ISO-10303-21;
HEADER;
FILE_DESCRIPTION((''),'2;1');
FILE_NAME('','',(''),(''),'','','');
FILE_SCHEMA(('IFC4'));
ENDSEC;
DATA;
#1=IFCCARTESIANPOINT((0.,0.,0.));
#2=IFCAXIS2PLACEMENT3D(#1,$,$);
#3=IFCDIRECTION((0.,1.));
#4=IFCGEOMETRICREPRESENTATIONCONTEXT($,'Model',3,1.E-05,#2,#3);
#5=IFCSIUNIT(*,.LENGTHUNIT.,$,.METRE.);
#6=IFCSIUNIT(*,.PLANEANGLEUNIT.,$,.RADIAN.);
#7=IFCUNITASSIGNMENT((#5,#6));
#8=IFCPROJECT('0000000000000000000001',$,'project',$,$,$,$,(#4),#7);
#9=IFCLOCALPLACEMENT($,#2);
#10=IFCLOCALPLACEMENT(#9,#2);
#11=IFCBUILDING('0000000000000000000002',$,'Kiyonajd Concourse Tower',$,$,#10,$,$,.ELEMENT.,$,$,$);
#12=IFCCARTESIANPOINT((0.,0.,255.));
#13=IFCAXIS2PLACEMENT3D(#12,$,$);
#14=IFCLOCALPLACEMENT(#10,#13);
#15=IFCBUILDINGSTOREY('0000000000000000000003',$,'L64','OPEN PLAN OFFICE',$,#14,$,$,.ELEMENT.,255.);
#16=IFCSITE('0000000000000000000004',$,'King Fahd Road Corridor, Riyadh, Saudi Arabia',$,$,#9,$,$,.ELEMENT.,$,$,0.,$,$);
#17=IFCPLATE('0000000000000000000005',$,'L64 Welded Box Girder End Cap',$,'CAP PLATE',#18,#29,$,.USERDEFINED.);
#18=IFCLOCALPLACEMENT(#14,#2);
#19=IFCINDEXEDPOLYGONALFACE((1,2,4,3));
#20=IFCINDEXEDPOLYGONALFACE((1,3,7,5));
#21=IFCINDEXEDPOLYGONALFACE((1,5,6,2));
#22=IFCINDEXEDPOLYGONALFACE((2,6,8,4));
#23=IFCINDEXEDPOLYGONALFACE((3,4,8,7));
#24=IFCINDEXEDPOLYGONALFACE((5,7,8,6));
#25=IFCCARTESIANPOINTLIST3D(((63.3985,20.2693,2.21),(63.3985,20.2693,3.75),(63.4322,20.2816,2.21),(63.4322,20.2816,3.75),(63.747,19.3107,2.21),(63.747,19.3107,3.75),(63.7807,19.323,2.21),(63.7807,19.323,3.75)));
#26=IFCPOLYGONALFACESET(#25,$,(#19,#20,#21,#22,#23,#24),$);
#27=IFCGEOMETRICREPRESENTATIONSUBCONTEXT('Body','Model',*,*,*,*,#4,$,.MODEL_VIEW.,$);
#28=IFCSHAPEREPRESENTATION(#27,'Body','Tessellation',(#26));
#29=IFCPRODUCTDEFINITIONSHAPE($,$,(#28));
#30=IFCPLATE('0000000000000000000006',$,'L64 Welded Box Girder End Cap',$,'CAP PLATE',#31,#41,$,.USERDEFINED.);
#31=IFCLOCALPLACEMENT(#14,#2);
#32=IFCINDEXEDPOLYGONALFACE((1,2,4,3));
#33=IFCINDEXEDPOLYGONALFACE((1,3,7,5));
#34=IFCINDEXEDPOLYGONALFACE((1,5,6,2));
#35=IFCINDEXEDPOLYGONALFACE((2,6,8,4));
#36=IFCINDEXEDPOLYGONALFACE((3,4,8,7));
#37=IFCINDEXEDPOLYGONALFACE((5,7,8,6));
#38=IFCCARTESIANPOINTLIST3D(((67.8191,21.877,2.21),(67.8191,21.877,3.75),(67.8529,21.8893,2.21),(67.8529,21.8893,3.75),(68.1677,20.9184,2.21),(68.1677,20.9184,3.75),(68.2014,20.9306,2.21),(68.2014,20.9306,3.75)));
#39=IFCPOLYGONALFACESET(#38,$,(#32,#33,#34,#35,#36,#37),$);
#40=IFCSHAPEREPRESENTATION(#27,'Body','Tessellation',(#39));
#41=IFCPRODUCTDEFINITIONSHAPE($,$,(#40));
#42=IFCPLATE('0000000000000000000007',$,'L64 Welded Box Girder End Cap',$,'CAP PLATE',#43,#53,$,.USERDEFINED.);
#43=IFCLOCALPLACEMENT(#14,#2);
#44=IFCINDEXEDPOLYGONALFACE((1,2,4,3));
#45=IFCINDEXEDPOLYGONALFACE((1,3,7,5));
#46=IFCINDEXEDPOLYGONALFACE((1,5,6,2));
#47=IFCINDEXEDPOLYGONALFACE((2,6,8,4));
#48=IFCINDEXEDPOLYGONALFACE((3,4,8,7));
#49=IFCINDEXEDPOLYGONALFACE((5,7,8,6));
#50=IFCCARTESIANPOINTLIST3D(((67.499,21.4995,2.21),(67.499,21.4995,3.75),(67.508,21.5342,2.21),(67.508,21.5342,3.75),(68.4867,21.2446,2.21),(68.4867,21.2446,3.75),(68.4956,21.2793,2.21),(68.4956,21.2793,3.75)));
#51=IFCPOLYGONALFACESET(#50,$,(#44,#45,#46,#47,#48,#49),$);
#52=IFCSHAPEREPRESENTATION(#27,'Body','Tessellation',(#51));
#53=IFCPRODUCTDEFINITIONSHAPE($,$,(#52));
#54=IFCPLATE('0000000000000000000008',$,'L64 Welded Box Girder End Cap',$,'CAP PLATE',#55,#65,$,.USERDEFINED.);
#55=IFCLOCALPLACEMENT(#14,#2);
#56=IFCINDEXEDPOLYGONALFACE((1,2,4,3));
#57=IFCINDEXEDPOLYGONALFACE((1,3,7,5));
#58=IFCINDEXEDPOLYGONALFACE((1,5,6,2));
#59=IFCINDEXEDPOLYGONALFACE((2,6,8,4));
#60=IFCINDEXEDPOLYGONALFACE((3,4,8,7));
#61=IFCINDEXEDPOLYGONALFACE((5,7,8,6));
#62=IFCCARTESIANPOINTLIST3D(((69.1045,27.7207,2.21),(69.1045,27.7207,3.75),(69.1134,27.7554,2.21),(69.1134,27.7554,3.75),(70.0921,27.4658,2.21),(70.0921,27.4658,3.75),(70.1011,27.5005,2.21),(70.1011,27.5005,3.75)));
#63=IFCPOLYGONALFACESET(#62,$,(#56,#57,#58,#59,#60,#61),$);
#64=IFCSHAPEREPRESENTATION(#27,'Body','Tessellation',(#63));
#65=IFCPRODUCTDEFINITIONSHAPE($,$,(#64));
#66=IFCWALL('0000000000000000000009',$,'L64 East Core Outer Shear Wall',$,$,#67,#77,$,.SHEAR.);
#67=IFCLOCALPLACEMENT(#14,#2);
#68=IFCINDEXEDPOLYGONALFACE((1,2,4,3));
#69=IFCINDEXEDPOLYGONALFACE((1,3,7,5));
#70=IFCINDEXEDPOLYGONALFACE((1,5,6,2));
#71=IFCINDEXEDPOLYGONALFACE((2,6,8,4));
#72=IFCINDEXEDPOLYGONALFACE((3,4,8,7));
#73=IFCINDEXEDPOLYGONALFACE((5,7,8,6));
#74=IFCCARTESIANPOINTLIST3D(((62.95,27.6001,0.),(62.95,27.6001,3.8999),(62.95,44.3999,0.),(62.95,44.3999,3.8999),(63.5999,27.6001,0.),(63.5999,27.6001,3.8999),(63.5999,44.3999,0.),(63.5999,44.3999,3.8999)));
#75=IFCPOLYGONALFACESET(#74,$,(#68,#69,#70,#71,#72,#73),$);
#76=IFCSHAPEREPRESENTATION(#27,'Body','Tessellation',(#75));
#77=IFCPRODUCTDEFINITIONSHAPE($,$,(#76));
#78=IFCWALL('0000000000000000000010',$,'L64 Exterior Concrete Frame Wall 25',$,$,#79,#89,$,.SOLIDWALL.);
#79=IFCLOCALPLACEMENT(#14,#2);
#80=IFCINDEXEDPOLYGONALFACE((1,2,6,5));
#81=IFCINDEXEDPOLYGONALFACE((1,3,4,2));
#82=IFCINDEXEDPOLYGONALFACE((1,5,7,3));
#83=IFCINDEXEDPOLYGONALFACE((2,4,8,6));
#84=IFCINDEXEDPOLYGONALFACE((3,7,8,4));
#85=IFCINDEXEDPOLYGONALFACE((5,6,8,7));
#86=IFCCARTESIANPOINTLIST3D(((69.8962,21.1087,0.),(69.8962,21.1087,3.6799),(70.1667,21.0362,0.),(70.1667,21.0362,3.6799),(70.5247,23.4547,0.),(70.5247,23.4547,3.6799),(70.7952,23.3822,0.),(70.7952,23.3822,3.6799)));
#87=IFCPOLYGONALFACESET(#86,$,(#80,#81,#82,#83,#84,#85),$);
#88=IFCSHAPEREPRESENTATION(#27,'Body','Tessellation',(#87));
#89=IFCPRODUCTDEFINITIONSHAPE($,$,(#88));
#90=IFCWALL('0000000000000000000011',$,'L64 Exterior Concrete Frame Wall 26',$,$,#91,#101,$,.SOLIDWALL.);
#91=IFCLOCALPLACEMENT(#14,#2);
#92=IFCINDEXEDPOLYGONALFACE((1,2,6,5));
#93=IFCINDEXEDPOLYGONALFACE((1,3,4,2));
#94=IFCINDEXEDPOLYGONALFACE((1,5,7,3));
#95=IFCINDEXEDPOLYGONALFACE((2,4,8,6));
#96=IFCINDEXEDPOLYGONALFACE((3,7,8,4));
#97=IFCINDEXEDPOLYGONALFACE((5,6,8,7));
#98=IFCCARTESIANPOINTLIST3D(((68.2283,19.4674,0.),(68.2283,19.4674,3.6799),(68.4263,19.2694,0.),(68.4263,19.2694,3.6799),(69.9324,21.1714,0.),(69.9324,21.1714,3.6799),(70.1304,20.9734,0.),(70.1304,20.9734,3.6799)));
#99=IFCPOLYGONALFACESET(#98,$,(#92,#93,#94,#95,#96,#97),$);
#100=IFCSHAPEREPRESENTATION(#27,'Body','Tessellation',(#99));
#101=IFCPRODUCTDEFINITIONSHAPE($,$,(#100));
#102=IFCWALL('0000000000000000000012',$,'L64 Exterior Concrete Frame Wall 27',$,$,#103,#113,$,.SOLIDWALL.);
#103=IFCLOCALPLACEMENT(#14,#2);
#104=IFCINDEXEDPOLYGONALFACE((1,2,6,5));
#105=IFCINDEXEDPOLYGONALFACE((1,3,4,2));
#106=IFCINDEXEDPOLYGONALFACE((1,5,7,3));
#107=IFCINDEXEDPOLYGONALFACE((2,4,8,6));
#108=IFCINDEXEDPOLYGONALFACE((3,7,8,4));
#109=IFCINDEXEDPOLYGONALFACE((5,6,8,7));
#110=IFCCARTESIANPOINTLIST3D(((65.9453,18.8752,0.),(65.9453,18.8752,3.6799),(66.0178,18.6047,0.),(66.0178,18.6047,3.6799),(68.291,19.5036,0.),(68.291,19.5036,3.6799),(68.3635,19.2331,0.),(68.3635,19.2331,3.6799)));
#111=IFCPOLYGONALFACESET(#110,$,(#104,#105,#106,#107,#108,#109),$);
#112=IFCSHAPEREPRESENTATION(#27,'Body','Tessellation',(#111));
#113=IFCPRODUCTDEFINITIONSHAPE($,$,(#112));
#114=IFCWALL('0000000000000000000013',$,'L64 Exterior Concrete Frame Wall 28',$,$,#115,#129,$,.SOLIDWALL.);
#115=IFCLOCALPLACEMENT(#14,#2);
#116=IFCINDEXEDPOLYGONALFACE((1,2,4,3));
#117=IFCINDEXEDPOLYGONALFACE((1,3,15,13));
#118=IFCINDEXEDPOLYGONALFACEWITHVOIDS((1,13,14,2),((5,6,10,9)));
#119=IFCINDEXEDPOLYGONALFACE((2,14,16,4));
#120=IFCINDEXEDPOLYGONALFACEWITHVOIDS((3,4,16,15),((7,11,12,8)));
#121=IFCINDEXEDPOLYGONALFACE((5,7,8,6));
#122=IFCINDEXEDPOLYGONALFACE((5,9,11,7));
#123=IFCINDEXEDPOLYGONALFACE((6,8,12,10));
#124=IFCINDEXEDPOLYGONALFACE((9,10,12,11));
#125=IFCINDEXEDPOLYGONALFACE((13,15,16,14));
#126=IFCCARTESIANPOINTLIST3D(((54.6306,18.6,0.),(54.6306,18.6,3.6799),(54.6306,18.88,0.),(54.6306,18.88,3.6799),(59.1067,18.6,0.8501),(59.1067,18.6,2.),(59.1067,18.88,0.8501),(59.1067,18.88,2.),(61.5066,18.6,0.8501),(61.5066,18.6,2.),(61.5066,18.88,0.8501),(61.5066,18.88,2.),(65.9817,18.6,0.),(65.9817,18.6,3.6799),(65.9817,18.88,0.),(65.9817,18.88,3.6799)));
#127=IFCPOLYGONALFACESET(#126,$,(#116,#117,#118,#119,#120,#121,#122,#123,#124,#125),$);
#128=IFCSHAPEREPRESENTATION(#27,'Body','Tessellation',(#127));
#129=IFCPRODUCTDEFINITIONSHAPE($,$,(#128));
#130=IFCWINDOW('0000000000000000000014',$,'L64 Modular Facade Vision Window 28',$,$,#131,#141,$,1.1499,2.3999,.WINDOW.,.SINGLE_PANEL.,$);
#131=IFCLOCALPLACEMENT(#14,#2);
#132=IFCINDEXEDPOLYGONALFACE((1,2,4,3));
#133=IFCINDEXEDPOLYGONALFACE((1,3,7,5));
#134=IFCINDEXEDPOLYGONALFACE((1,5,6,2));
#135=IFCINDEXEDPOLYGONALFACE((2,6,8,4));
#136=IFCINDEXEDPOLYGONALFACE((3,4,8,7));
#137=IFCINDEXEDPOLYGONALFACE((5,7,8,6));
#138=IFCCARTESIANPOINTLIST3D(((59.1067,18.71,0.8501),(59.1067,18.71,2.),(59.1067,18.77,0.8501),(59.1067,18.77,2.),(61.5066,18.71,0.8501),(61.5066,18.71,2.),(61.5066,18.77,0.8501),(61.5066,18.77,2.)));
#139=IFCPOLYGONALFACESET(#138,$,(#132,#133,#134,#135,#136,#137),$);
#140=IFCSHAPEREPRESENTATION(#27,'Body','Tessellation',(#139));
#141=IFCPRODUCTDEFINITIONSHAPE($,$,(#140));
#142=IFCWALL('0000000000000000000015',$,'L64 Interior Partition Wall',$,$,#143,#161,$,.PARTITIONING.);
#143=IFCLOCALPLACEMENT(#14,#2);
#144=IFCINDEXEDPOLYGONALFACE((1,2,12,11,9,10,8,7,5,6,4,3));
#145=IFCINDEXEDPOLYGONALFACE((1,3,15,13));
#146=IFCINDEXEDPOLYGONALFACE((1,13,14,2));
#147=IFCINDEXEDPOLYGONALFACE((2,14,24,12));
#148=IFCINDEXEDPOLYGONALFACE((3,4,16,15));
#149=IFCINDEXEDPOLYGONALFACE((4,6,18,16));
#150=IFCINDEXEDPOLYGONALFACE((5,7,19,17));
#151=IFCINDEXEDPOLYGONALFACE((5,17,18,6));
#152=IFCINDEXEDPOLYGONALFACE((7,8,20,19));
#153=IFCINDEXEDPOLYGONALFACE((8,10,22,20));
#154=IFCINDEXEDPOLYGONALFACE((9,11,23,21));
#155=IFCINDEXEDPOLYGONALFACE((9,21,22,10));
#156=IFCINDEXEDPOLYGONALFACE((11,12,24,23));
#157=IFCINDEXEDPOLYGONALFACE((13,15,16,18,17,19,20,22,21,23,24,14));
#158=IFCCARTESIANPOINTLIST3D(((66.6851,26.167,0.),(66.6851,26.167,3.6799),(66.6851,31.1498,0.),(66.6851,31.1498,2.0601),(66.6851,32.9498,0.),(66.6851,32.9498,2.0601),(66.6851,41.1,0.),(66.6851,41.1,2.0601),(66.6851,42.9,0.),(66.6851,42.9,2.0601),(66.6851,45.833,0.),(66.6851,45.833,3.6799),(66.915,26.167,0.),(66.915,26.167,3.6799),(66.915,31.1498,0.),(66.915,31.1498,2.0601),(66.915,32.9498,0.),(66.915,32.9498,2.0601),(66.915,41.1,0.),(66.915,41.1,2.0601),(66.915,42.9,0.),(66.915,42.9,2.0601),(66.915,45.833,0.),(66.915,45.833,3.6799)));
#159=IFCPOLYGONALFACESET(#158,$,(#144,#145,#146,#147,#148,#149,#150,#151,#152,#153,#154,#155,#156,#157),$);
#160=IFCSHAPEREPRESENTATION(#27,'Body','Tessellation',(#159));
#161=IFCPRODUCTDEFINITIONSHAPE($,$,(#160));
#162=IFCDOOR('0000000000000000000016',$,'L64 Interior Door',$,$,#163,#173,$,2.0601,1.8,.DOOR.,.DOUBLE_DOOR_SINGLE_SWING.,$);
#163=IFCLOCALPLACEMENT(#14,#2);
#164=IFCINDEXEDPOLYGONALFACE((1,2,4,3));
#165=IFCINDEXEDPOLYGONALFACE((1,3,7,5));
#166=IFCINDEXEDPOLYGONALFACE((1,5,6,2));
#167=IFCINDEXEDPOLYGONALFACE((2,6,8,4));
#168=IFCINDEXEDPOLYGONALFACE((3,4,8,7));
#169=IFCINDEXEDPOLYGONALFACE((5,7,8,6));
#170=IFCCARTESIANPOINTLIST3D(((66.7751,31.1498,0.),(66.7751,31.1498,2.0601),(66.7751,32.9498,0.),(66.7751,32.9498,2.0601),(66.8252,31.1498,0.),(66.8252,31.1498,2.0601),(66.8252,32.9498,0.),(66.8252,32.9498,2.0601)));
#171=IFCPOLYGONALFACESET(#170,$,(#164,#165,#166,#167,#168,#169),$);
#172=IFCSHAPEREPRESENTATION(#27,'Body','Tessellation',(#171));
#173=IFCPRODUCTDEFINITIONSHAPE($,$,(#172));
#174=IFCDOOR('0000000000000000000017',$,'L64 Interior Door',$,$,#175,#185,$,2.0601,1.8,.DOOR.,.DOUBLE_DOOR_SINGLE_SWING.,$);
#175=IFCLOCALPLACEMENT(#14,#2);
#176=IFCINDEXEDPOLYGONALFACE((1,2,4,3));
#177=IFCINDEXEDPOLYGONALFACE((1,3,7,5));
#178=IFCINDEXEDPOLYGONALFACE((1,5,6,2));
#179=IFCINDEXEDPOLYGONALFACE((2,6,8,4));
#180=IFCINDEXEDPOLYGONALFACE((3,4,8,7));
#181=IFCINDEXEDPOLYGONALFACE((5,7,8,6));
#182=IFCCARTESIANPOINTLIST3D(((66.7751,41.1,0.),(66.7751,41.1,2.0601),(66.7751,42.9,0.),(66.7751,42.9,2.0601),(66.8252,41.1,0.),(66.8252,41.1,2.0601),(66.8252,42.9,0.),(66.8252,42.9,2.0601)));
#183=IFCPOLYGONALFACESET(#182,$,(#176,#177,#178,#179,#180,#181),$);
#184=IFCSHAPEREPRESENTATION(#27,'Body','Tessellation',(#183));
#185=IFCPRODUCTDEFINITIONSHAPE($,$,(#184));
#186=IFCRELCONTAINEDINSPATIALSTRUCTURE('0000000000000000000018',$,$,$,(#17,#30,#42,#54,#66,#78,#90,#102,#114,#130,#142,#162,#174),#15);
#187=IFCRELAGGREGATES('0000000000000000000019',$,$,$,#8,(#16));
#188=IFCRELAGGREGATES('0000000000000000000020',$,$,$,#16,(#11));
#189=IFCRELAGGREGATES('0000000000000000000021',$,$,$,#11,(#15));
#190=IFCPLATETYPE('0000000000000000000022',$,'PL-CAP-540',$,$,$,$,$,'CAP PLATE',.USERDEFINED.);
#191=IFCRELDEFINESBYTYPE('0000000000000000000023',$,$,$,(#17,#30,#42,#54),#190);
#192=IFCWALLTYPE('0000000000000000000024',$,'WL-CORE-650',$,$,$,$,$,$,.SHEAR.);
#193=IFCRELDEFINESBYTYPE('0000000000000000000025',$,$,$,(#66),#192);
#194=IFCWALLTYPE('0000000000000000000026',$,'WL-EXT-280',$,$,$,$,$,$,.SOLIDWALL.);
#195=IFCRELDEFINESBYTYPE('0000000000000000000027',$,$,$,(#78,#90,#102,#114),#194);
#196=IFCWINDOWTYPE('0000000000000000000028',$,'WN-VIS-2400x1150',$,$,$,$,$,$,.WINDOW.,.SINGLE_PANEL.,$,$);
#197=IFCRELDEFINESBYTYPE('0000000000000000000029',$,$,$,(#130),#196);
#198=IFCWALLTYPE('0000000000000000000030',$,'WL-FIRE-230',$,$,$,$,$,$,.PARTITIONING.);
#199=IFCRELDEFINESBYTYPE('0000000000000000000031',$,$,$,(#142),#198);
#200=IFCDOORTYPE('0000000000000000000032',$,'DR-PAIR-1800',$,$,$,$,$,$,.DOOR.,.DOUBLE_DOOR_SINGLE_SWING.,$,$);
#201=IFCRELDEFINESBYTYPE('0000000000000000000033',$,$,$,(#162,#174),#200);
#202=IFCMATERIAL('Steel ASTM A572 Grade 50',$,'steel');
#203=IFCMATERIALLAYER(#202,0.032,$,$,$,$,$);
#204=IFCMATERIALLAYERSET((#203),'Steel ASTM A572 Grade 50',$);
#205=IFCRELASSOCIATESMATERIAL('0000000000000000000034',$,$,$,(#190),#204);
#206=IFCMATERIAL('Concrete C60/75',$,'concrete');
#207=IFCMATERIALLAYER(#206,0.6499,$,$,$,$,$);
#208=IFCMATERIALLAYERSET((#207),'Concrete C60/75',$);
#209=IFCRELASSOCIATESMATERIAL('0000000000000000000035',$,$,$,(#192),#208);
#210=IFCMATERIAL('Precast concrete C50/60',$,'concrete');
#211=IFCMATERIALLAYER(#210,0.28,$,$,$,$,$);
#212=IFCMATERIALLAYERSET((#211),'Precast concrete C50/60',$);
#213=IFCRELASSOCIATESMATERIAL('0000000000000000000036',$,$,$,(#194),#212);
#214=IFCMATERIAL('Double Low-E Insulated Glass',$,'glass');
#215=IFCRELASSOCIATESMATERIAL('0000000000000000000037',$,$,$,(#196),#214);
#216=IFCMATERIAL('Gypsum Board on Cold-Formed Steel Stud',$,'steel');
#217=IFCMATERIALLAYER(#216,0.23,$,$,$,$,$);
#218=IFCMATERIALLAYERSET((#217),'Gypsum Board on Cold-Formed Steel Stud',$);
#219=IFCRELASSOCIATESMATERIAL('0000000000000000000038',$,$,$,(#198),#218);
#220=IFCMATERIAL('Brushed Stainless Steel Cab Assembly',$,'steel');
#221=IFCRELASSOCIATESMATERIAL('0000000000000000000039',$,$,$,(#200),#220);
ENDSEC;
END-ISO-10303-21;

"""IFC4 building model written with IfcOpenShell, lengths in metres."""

from ifc_helpers import new_model, si_unit, direction, frame, frame_2d, origin, origin_2d, place, context, subcontext, project, spatial, rectangle, extrude, material, layer, layer_set, type_object, element, fill, save


model = new_model("IFC4")

# Units and contexts
model_context = context("Model", 3, precision=1e-05, world=origin(), true_north=direction((0.0, 1.0)))
body_context = subcontext(model_context, "Body", "Model", "MODEL_VIEW")
ifc_project = project(units=[si_unit("LENGTHUNIT", "METRE"), si_unit("PLANEANGLEUNIT", "RADIAN")], contexts=[model_context])

# Site, building, storey
site_placement = place(None, origin())
site = spatial("IfcSite", under=ifc_project, at=site_placement, Name="King Fahd Road Corridor, Riyadh, Saudi Arabia", CompositionType="ELEMENT", RefElevation=0.0)
building_placement = place(site_placement, origin())
building = spatial("IfcBuilding", under=site, at=building_placement, Name="Kiyonajd Concourse Tower", CompositionType="ELEMENT")
storey_placement = place(building_placement, frame((0.0, 0.0, 255.0)))
storey = spatial("IfcBuildingStorey", under=building, at=storey_placement, Name="L64", Description="OPEN PLAN OFFICE", CompositionType="ELEMENT", Elevation=255.0)

# Shared definitions
ifc_material_1 = material(Name="Concrete C60/75", Category="concrete")

# Shared definitions
ifc_material_2 = material(Name="Steel ASTM A572 Grade 50", Category="steel")

# Plates
ifc_layer_1 = layer(ifc_material_2, 0.032)
ifc_layer_set_1 = layer_set([ifc_layer_1], Name="Steel ASTM A572 Grade 50")
plate_type = type_object("IfcPlateType", Name="PL-CAP-540", ElementType="CAP PLATE", PredefinedType="USERDEFINED", material=ifc_layer_set_1)
for number, where, z_axis, x_axis, name in (
    (1, (63.5896, 19.7961, 2.21), (0.0, 0.0, 1.0), (-0.939812, -0.341692, 0.0), "L64 Welded Box Girder End Cap"),
    (2, (68.0103, 21.4038, 2.21), (0.0, 0.0, 1.0), (0.939812, 0.341692, 0.0), "L64 Welded Box Girder End Cap"),
    (3, (67.9973, 21.3894, 2.21), (0.0, 0.0, 1.0), (-0.249873, -0.968279, 0.0), "L64 Welded Box Girder End Cap"),
    (4, (69.6028, 27.6106, 2.21), (0.0, 0.0, 1.0), (0.249873, 0.968279, 0.0), "L64 Welded Box Girder End Cap"),
):
    element("IfcPlate", number, at=place(storey_placement, frame(where, z_axis=z_axis, x_axis=x_axis)), inside=storey, type_object=plate_type, Name=name, ObjectType="CAP PLATE", PredefinedType="USERDEFINED", context=body_context, shape_type="SweptSolid", body=[
        extrude(rectangle(XDim=0.0359, YDim=1.02, at=origin_2d()), origin(), (0.0, 0.0, 1.0), 1.54),
    ])

# Walls
ifc_layer_2 = layer(ifc_material_1, 0.6499)
ifc_layer_set_2 = layer_set([ifc_layer_2], Name="Concrete C60/75")
wall_type_1 = type_object("IfcWallType", Name="WL-CORE-650", PredefinedType="SHEAR", material=ifc_layer_set_2)
wall_1_placement = place(storey_placement, frame((63.2749, 27.6001, 0.0), z_axis=(0.0, 0.0, 1.0), x_axis=(0.0, 1.0, 0.0)))
element("IfcWall", 5, at=wall_1_placement, inside=storey, type_object=wall_type_1, Name="L64 East Core Outer Shear Wall", PredefinedType="SHEAR", context=body_context, shape_type="SweptSolid", body=[
    extrude(rectangle(XDim=16.7998, YDim=0.6499, at=frame_2d((8.3999, 0.0))), origin(), (0.0, 0.0, 1.0), 3.8999),
])
ifc_material_3 = material(Name="Precast concrete C50/60", Category="concrete")
ifc_layer_3 = layer(ifc_material_3, 0.28)
ifc_layer_set_3 = layer_set([ifc_layer_3], Name="Precast concrete C50/60")
wall_type_2 = type_object("IfcWallType", Name="WL-EXT-280", PredefinedType="SOLIDWALL", material=ifc_layer_set_3)
wall_2_placement = place(storey_placement, frame((70.6599, 23.4185, 0.0), z_axis=(0.0, 0.0, 1.0), x_axis=(-0.258751, -0.965944, 0.0)))
element("IfcWall", 6, at=wall_2_placement, inside=storey, type_object=wall_type_2, Name="L64 Exterior Concrete Frame Wall 25", PredefinedType="SOLIDWALL", context=body_context, shape_type="SweptSolid", body=[
    extrude(rectangle(XDim=2.4287, YDim=0.28, at=frame_2d((1.2144, 0.0))), origin(), (0.0, 0.0, 1.0), 3.6799),
])
wall_3_placement = place(storey_placement, frame((70.0315, 21.0725, 0.0), z_axis=(0.0, 0.0, 1.0), x_axis=(-0.707107, -0.707107, 0.0)))
element("IfcWall", 7, at=wall_3_placement, inside=storey, type_object=wall_type_2, Name="L64 Exterior Concrete Frame Wall 26", PredefinedType="SOLIDWALL", context=body_context, shape_type="SweptSolid", body=[
    extrude(rectangle(XDim=2.4099, YDim=0.28, at=frame_2d((1.2051, 0.0))), origin(), (0.0, 0.0, 1.0), 3.6799),
])
wall_4_placement = place(storey_placement, frame((68.3274, 19.3684, 0.0), z_axis=(0.0, 0.0, 1.0), x_axis=(-0.965937, -0.258776, 0.0)))
element("IfcWall", 8, at=wall_4_placement, inside=storey, type_object=wall_type_2, Name="L64 Exterior Concrete Frame Wall 27", PredefinedType="SOLIDWALL", context=body_context, shape_type="SweptSolid", body=[
    extrude(rectangle(XDim=2.4285, YDim=0.28, at=frame_2d((1.2144, 0.0))), origin(), (0.0, 0.0, 1.0), 3.6799),
])

# Wall, opening, window
wall_5_placement = place(storey_placement, frame((65.9817, 18.74, 0.0), z_axis=(0.0, 0.0, 1.0), x_axis=(-1.0, 0.0, 0.0)))
wall_5 = element("IfcWall", 9, at=wall_5_placement, inside=storey, type_object=wall_type_2, Name="L64 Exterior Concrete Frame Wall 28", PredefinedType="SOLIDWALL", context=body_context, shape_type="SweptSolid", body=[
    extrude(rectangle(XDim=11.3511, YDim=0.28, at=frame_2d((5.6755, 0.0))), origin(), (0.0, 0.0, 1.0), 3.6799),
])
opening_1_placement = place(wall_5_placement, frame((4.4751, 0.0, 0.8501)))
opening_1 = element("IfcOpeningElement", 10, at=opening_1_placement, cuts=wall_5, PredefinedType="OPENING", context=body_context, shape_type="SweptSolid", body=[
    extrude(rectangle(XDim=2.3999, YDim=1.1499, at=frame_2d((1.2, 0.575))), frame((0.0, 0.1499, 0.0), z_axis=(0.0, -1.0, 0.0), x_axis=(1.0, 0.0, 0.0)), (0.0, 0.0, 1.0), 0.3),
])
ifc_material_4 = material(Name="Double Low-E Insulated Glass", Category="glass")
window_type = type_object("IfcWindowType", Name="WN-VIS-2400x1150", PartitioningType="SINGLE_PANEL", PredefinedType="WINDOW", material=ifc_material_4)
window_placement = place(opening_1_placement, origin())
window = element("IfcWindow", 11, at=window_placement, inside=storey, type_object=window_type, Name="L64 Modular Facade Vision Window 28", OverallHeight=1.1499, OverallWidth=2.3999, PartitioningType="SINGLE_PANEL", PredefinedType="WINDOW", context=body_context, shape_type="SweptSolid", body=[
    extrude(rectangle(XDim=2.3999, YDim=1.1499, at=frame_2d((1.2, 0.575))), frame((0.0, 0.03, 0.0), z_axis=(0.0, -1.0, 0.0), x_axis=(1.0, 0.0, 0.0)), (0.0, 0.0, 1.0), 0.0601),
])
fill(opening_1, window)

# Wall, openings, doors
ifc_material_5 = material(Name="Gypsum Board on Cold-Formed Steel Stud", Category="steel")
ifc_layer_4 = layer(ifc_material_5, 0.23)
ifc_layer_set_4 = layer_set([ifc_layer_4], Name="Gypsum Board on Cold-Formed Steel Stud")
wall_type_3 = type_object("IfcWallType", Name="WL-FIRE-230", PredefinedType="PARTITIONING", material=ifc_layer_set_4)
wall_6_placement = place(storey_placement, frame((66.8, 26.167, 0.0), z_axis=(0.0, 0.0, 1.0), x_axis=(0.0, 1.0, 0.0)))
wall_6 = element("IfcWall", 12, at=wall_6_placement, inside=storey, type_object=wall_type_3, Name="L64 Interior Partition Wall", PredefinedType="PARTITIONING", context=body_context, shape_type="SweptSolid", body=[
    extrude(rectangle(XDim=19.666, YDim=0.23, at=frame_2d((9.833, 0.0))), origin(), (0.0, 0.0, 1.0), 3.6799),
])
opening_2_placement = place(wall_6_placement, frame((4.9829, 0.0, 0.0)))
opening_2 = element("IfcOpeningElement", 13, at=opening_2_placement, cuts=wall_6, PredefinedType="OPENING", context=body_context, shape_type="SweptSolid", body=[
    extrude(rectangle(XDim=1.8, YDim=2.0601, at=frame_2d((0.8999, 1.03))), frame((0.0, 0.125, 0.0), z_axis=(0.0, -1.0, 0.0), x_axis=(1.0, 0.0, 0.0)), (0.0, 0.0, 1.0), 0.25),
])
opening_3_placement = place(wall_6_placement, frame((14.9331, 0.0, 0.0)))
opening_3 = element("IfcOpeningElement", 14, at=opening_3_placement, cuts=wall_6, PredefinedType="OPENING", context=body_context, shape_type="SweptSolid", body=[
    extrude(rectangle(XDim=1.8, YDim=2.0601, at=frame_2d((0.8999, 1.03))), frame((0.0, 0.125, 0.0), z_axis=(0.0, -1.0, 0.0), x_axis=(1.0, 0.0, 0.0)), (0.0, 0.0, 1.0), 0.25),
])
ifc_material_6 = material(Name="Brushed Stainless Steel Cab Assembly", Category="steel")
door_type_1 = type_object("IfcDoorType", Name="DR-PAIR-1800", OperationType="DOUBLE_DOOR_SINGLE_SWING", PredefinedType="DOOR", material=ifc_material_6)
door_1_placement = place(opening_2_placement, origin())
door_1 = element("IfcDoor", 15, at=door_1_placement, inside=storey, type_object=door_type_1, Name="L64 Interior Door", OperationType="DOUBLE_DOOR_SINGLE_SWING", OverallHeight=2.0601, OverallWidth=1.8, PredefinedType="DOOR", context=body_context, shape_type="SweptSolid", body=[
    extrude(rectangle(XDim=1.8, YDim=2.0601, at=frame_2d((0.8999, 1.03))), frame((0.0, 0.0249, 0.0), z_axis=(0.0, -1.0, 0.0), x_axis=(1.0, 0.0, 0.0)), (0.0, 0.0, 1.0), 0.05),
])
fill(opening_2, door_1)
door_2_placement = place(opening_3_placement, origin())
door_2 = element("IfcDoor", 16, at=door_2_placement, inside=storey, type_object=door_type_1, Name="L64 Interior Door", OperationType="DOUBLE_DOOR_SINGLE_SWING", OverallHeight=2.0601, OverallWidth=1.8, PredefinedType="DOOR", context=body_context, shape_type="SweptSolid", body=[
    extrude(rectangle(XDim=1.8, YDim=2.0601, at=frame_2d((0.8999, 1.03))), frame((0.0, 0.0249, 0.0), z_axis=(0.0, -1.0, 0.0), x_axis=(1.0, 0.0, 0.0)), (0.0, 0.0, 1.0), 0.05),
])
fill(opening_3, door_2)

save(model, "model.ifc")
